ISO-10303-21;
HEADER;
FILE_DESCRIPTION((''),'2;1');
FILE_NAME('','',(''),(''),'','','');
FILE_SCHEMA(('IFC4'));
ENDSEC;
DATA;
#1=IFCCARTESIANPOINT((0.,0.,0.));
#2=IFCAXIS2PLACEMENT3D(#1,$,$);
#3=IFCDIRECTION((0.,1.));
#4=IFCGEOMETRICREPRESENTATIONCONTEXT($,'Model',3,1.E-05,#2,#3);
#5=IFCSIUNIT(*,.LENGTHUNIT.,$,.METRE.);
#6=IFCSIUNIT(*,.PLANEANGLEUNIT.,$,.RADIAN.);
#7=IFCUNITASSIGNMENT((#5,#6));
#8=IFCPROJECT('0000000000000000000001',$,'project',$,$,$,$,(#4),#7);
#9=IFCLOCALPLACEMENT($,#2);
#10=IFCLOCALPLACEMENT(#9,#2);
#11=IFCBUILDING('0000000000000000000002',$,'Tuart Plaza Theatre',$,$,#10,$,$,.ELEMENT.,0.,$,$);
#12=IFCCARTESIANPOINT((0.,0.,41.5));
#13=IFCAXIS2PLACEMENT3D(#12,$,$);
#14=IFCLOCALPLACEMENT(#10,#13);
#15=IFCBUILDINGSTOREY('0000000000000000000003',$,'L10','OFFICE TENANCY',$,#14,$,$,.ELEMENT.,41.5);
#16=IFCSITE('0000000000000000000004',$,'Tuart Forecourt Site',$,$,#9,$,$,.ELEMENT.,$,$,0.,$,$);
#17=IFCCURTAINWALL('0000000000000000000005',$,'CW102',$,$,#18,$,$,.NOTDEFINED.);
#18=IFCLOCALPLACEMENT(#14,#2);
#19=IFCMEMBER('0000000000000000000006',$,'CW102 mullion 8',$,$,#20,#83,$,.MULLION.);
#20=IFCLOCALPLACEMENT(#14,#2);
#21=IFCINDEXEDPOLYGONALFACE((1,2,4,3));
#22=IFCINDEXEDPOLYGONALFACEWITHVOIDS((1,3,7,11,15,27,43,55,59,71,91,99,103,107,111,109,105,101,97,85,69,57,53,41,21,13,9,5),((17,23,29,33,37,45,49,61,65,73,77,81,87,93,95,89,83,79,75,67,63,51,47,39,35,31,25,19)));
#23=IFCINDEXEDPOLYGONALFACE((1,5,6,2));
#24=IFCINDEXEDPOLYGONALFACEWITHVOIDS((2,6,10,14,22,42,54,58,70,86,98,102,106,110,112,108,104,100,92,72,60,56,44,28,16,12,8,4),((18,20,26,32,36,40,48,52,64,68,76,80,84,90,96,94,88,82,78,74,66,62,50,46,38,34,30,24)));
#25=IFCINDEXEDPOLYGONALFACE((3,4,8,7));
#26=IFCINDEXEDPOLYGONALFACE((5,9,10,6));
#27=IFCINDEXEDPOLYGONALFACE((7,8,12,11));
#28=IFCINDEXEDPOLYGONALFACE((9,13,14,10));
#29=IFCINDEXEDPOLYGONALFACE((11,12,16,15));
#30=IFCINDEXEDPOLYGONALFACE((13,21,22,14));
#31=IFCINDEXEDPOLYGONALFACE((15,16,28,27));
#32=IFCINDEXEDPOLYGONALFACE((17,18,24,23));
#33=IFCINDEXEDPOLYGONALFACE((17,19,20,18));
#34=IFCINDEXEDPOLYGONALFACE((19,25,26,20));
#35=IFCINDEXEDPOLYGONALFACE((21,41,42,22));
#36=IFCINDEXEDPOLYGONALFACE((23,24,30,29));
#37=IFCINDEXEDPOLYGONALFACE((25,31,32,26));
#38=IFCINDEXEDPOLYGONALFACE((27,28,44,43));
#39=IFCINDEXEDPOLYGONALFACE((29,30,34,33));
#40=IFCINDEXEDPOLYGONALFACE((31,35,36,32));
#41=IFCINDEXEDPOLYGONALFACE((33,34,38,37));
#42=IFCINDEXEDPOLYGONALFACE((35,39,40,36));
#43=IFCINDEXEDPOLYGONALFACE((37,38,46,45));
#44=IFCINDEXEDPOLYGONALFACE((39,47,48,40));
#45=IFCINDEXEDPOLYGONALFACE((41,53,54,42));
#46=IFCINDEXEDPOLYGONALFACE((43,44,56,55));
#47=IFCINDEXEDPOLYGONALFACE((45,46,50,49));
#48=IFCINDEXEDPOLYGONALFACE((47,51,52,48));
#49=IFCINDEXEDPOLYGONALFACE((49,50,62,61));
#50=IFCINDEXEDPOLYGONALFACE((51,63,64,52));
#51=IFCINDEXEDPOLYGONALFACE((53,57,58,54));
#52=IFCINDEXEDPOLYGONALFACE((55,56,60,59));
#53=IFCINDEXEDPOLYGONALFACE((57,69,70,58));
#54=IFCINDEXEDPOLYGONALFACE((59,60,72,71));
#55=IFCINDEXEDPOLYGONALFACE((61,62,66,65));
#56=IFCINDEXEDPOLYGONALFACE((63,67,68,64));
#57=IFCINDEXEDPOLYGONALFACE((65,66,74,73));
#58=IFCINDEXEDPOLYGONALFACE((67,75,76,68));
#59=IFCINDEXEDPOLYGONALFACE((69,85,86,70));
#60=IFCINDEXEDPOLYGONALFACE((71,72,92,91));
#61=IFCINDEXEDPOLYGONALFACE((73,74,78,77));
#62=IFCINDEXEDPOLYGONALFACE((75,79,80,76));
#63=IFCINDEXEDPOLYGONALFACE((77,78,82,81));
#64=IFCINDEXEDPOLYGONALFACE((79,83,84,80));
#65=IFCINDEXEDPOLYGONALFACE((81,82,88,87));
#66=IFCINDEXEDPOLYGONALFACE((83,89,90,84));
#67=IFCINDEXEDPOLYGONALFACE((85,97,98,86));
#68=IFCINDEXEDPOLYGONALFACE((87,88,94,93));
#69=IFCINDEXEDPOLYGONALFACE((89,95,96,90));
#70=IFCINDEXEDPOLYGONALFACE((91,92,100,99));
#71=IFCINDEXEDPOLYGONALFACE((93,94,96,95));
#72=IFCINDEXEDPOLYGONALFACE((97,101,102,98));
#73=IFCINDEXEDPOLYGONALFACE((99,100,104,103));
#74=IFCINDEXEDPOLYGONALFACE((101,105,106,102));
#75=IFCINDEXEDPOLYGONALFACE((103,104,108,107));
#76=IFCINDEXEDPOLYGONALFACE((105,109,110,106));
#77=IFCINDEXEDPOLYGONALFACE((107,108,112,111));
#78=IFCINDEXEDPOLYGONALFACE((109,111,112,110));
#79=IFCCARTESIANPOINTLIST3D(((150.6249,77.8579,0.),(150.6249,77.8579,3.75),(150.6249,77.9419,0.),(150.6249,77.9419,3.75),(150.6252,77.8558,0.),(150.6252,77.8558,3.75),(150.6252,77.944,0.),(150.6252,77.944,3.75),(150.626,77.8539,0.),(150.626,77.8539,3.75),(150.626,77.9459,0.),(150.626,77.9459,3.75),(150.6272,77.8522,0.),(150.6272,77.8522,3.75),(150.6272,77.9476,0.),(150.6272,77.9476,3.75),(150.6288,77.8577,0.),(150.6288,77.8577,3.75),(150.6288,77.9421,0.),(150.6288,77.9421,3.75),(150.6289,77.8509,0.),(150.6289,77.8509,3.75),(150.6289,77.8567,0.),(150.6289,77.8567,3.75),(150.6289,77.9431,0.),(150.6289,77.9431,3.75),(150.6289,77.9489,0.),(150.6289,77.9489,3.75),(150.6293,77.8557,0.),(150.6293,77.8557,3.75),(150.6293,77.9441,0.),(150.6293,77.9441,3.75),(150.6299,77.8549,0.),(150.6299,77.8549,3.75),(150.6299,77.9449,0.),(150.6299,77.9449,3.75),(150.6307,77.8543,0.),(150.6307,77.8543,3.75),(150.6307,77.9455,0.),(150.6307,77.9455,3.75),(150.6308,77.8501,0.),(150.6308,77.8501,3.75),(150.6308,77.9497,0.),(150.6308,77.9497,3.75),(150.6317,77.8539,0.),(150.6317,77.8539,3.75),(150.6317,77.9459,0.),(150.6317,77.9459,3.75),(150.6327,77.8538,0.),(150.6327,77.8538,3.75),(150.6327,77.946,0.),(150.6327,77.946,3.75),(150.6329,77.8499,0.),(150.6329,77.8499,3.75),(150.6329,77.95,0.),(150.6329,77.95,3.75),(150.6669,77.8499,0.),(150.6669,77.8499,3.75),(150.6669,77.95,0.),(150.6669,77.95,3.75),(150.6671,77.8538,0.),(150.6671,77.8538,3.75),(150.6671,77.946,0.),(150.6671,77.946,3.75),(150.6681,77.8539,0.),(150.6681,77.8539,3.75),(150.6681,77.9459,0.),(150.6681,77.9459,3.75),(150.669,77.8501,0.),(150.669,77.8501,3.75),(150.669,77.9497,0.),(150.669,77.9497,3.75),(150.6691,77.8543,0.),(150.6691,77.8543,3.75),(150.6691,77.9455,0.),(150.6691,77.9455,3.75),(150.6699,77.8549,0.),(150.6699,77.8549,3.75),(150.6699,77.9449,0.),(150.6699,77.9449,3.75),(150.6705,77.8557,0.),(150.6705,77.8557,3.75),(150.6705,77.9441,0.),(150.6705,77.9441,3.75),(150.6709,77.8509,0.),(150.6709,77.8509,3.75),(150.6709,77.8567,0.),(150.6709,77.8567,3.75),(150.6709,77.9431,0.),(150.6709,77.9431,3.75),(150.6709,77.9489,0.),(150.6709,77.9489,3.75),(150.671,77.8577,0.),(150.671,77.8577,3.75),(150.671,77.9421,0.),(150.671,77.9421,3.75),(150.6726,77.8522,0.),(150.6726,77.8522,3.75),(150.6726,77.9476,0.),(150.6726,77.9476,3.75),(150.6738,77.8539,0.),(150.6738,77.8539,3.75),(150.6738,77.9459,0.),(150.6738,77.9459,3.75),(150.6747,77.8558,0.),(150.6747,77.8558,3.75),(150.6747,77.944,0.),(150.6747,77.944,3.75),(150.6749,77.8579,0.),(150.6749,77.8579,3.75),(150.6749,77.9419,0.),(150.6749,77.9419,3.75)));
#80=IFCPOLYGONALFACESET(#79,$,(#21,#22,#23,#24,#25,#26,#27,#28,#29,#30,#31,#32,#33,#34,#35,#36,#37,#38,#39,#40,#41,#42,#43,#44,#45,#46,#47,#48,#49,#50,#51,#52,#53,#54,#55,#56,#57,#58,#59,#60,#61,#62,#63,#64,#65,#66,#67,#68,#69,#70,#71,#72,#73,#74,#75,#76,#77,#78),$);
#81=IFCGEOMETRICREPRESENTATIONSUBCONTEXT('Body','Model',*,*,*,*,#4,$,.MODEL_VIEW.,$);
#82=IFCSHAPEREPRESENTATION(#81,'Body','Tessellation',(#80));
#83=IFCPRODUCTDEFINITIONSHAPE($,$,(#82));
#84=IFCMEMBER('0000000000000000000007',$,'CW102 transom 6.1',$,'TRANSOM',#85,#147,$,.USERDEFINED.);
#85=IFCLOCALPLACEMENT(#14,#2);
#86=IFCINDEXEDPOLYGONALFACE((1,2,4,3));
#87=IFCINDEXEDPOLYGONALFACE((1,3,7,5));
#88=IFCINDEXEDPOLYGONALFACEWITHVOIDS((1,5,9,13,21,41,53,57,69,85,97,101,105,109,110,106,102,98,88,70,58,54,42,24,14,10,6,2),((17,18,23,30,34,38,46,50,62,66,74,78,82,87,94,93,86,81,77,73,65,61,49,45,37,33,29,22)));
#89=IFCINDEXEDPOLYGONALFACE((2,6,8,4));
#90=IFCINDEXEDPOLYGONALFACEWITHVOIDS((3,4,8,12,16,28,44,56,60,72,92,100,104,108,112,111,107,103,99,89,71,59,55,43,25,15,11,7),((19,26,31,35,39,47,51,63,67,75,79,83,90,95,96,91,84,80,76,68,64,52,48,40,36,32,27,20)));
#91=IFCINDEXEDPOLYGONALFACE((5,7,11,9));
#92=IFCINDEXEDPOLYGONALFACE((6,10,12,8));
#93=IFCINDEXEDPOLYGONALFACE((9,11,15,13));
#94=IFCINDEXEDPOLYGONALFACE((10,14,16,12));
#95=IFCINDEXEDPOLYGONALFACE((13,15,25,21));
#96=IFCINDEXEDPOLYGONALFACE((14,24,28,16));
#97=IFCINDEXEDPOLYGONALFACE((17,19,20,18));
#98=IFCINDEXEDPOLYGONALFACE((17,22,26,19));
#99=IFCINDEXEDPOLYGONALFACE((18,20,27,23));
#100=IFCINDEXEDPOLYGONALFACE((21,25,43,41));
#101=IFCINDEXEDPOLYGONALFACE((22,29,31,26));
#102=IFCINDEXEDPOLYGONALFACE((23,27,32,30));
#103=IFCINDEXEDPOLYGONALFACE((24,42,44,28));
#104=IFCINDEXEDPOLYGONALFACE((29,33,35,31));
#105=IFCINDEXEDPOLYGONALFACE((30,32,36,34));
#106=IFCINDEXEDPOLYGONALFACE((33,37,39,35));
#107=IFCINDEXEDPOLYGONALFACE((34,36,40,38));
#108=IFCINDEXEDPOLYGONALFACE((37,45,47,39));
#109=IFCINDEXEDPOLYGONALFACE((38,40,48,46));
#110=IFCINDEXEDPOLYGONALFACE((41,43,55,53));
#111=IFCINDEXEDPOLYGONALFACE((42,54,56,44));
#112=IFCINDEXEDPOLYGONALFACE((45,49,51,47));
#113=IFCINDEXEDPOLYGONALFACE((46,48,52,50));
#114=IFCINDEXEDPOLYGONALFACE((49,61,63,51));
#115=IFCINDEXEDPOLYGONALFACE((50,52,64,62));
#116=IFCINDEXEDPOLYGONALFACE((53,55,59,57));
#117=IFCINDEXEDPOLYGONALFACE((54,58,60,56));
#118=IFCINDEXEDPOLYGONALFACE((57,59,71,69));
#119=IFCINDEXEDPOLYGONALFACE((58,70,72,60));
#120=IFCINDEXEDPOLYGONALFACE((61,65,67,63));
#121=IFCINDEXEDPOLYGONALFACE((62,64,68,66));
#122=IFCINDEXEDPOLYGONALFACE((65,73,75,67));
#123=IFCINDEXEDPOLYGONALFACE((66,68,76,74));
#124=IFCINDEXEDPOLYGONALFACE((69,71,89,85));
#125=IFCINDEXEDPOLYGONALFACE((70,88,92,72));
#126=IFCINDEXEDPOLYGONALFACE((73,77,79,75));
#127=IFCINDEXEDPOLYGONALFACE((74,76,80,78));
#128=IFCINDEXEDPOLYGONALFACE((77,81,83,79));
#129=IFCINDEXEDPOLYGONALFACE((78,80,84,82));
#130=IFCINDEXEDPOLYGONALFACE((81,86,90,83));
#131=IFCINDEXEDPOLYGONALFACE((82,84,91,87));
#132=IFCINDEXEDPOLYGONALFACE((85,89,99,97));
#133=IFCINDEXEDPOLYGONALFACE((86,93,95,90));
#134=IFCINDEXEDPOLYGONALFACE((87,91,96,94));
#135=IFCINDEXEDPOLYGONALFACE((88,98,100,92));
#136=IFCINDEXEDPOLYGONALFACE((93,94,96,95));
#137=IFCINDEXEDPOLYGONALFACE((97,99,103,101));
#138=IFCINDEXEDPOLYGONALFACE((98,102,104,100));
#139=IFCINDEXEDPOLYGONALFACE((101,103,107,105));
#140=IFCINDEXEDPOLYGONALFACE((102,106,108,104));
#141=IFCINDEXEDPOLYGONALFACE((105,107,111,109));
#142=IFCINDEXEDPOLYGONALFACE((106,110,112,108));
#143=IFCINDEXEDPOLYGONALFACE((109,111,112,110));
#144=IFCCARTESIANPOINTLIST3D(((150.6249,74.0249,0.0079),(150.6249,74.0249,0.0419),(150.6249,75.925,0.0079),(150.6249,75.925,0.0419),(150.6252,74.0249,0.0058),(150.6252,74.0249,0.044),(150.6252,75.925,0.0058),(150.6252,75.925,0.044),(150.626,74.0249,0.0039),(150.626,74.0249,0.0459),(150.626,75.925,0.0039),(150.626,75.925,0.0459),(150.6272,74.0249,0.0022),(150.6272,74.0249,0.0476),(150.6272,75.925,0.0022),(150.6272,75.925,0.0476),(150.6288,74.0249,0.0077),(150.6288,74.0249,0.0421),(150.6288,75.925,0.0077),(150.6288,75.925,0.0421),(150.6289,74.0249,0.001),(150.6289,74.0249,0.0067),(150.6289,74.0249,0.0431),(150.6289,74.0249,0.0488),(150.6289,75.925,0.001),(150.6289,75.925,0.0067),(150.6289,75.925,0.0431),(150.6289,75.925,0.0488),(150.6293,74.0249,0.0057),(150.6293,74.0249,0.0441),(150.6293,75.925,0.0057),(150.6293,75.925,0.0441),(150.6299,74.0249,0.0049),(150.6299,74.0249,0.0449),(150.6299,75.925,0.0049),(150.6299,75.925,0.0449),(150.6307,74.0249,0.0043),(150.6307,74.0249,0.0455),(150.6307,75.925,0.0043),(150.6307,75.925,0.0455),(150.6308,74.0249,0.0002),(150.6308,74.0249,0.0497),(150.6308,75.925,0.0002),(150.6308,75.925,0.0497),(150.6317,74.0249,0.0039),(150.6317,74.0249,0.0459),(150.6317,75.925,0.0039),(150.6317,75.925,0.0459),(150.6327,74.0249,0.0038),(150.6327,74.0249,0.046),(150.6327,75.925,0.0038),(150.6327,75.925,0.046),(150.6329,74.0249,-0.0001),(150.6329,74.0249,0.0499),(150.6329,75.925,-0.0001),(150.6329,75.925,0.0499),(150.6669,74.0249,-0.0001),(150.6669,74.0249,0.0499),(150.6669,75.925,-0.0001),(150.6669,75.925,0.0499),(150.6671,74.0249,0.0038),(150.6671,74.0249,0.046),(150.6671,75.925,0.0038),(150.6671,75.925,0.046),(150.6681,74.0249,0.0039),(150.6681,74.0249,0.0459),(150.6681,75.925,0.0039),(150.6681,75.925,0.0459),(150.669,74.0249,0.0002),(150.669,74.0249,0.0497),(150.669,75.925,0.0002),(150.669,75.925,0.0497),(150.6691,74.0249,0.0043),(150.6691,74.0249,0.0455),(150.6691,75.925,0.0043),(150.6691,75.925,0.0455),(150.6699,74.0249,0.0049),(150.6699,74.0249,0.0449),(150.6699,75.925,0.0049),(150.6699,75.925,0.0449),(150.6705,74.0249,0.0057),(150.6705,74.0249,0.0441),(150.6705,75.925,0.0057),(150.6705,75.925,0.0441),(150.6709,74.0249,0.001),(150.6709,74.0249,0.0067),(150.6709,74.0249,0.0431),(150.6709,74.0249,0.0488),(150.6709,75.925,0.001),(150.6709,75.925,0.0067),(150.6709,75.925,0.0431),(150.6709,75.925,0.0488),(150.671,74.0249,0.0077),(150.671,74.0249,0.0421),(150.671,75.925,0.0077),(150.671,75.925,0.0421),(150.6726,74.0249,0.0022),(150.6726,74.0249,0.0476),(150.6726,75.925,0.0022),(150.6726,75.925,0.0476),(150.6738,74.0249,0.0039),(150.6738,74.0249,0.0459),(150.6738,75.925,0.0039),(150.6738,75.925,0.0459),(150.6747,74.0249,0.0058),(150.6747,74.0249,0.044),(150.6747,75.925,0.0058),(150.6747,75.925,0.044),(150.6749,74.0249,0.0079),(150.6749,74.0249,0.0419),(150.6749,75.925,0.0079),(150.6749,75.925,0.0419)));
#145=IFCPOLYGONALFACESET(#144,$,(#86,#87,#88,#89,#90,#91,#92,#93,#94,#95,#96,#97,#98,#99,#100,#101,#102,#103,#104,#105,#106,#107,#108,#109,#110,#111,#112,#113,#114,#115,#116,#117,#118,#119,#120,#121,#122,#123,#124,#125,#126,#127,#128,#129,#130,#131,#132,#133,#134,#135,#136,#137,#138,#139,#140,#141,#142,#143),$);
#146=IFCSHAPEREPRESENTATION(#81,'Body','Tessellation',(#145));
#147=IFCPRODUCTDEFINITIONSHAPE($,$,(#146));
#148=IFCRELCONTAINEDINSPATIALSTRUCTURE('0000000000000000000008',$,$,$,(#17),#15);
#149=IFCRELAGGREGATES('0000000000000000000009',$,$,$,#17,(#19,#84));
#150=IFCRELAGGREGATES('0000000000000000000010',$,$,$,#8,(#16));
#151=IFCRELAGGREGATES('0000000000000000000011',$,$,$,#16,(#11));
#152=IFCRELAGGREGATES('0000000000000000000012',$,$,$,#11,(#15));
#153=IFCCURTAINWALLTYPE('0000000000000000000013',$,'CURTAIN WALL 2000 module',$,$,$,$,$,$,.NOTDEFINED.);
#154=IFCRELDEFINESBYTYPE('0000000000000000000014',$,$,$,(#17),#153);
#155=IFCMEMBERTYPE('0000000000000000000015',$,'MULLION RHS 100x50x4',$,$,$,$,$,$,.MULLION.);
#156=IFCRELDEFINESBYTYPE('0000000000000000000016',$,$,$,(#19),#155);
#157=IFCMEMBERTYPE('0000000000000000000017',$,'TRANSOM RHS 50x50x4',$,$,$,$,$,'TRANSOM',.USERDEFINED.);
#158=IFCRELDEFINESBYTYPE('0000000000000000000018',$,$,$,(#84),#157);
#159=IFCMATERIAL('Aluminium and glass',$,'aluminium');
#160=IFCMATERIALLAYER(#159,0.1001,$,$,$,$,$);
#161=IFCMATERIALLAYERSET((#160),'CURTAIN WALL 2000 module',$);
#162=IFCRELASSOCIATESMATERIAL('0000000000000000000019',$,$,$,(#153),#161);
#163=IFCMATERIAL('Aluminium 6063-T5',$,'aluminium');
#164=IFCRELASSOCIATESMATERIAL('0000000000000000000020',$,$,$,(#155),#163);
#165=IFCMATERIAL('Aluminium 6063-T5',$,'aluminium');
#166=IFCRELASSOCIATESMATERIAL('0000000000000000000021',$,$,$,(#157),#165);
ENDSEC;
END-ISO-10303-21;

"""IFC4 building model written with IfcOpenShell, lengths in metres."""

from ifc_helpers import new_model, si_unit, direction, frame, origin, origin_2d, place, context, subcontext, project, spatial, hollow_rectangle, extrude, material, layer, layer_set, material_profile, profile_set, type_object, element, aggregate, save


model = new_model("IFC4")

# Units and contexts
model_context = context("Model", 3, precision=1e-05, world=origin(), true_north=direction((0.0, 1.0)))
body_context = subcontext(model_context, "Body", "Model", "MODEL_VIEW")
ifc_project = project(units=[si_unit("LENGTHUNIT", "METRE"), si_unit("PLANEANGLEUNIT", "RADIAN")], contexts=[model_context])

# Site, building, storey
site_placement = place(None, origin())
site = spatial("IfcSite", under=ifc_project, at=site_placement, Name="Tuart Forecourt Site", CompositionType="ELEMENT", RefElevation=0.0)
building_placement = place(site_placement, origin())
building = spatial("IfcBuilding", under=site, at=building_placement, Name="Tuart Plaza Theatre", CompositionType="ELEMENT", ElevationOfRefHeight=0.0)
storey_placement = place(building_placement, frame((0.0, 0.0, 41.5)))
storey = spatial("IfcBuildingStorey", under=building, at=storey_placement, Name="L10", Description="OFFICE TENANCY", CompositionType="ELEMENT", Elevation=41.5)

# Curtain wall, members
ifc_material_1 = material(Name="Aluminium and glass", Category="aluminium")
ifc_layer_1 = layer(ifc_material_1, 0.1001)
ifc_layer_set_1 = layer_set([ifc_layer_1], Name="CURTAIN WALL 2000 module")
curtain_wall_type = type_object("IfcCurtainWallType", Name="CURTAIN WALL 2000 module", PredefinedType="NOTDEFINED", material=ifc_layer_set_1)
curtain_wall_placement = place(storey_placement, origin())
curtain_wall = element("IfcCurtainWall", 1, at=curtain_wall_placement, inside=storey, type_object=curtain_wall_type, Name="CW102", PredefinedType="NOTDEFINED")
ifc_material_2 = material(Name="Aluminium 6063-T5", Category="aluminium")
ifc_material_profile_1 = material_profile(ifc_material_2, hollow_rectangle(XDim=0.05, YDim=0.1001, WallThickness=0.0039, InnerFilletRadius=0.0039, OuterFilletRadius=0.0081, at=origin_2d()), Name="RHS 100x50x4")
ifc_profile_set_1 = profile_set([ifc_material_profile_1], Name="Aluminium 6063-T5")
member_type_1 = type_object("IfcMemberType", Name="MULLION RHS 100x50x4", PredefinedType="MULLION", material=ifc_profile_set_1)
member_1_placement = place(storey_placement, frame((150.6499, 77.8999, 0.0), z_axis=(0.0, 0.0, 1.0), x_axis=(-1.0, 0.0, 0.0)))
member_1 = element("IfcMember", 2, at=member_1_placement, type_object=member_type_1, Name="CW102 mullion 8", PredefinedType="MULLION", context=body_context, shape_type="SweptSolid", body=[
    extrude(hollow_rectangle(XDim=0.05, YDim=0.1001, WallThickness=0.0039, InnerFilletRadius=0.0039, OuterFilletRadius=0.0081, at=origin_2d()), origin(), (0.0, 0.0, 1.0), 3.75),
])
ifc_material_3 = material(Name="Aluminium 6063-T5", Category="aluminium")
ifc_material_profile_2 = material_profile(ifc_material_3, hollow_rectangle(XDim=0.05, YDim=0.05, WallThickness=0.0039, InnerFilletRadius=0.0039, OuterFilletRadius=0.0081, at=origin_2d()), Name="RHS 50x50x4")
ifc_profile_set_2 = profile_set([ifc_material_profile_2], Name="Aluminium 6063-T5")
member_type_2 = type_object("IfcMemberType", Name="TRANSOM RHS 50x50x4", ElementType="TRANSOM", PredefinedType="USERDEFINED", material=ifc_profile_set_2)
member_2_placement = place(storey_placement, frame((150.6499, 74.0249, 0.0249), z_axis=(0.0, 1.0, 0.0), x_axis=(-1.0, 0.0, 0.0)))
member_2 = element("IfcMember", 3, at=member_2_placement, type_object=member_type_2, Name="CW102 transom 6.1", ObjectType="TRANSOM", PredefinedType="USERDEFINED", context=body_context, shape_type="SweptSolid", body=[
    extrude(hollow_rectangle(XDim=0.05, YDim=0.05, WallThickness=0.0039, InnerFilletRadius=0.0039, OuterFilletRadius=0.0081, at=origin_2d()), origin(), (0.0, 0.0, 1.0), 1.9001),
])
aggregate(curtain_wall, [member_1, member_2])

save(model, "model.ifc")
